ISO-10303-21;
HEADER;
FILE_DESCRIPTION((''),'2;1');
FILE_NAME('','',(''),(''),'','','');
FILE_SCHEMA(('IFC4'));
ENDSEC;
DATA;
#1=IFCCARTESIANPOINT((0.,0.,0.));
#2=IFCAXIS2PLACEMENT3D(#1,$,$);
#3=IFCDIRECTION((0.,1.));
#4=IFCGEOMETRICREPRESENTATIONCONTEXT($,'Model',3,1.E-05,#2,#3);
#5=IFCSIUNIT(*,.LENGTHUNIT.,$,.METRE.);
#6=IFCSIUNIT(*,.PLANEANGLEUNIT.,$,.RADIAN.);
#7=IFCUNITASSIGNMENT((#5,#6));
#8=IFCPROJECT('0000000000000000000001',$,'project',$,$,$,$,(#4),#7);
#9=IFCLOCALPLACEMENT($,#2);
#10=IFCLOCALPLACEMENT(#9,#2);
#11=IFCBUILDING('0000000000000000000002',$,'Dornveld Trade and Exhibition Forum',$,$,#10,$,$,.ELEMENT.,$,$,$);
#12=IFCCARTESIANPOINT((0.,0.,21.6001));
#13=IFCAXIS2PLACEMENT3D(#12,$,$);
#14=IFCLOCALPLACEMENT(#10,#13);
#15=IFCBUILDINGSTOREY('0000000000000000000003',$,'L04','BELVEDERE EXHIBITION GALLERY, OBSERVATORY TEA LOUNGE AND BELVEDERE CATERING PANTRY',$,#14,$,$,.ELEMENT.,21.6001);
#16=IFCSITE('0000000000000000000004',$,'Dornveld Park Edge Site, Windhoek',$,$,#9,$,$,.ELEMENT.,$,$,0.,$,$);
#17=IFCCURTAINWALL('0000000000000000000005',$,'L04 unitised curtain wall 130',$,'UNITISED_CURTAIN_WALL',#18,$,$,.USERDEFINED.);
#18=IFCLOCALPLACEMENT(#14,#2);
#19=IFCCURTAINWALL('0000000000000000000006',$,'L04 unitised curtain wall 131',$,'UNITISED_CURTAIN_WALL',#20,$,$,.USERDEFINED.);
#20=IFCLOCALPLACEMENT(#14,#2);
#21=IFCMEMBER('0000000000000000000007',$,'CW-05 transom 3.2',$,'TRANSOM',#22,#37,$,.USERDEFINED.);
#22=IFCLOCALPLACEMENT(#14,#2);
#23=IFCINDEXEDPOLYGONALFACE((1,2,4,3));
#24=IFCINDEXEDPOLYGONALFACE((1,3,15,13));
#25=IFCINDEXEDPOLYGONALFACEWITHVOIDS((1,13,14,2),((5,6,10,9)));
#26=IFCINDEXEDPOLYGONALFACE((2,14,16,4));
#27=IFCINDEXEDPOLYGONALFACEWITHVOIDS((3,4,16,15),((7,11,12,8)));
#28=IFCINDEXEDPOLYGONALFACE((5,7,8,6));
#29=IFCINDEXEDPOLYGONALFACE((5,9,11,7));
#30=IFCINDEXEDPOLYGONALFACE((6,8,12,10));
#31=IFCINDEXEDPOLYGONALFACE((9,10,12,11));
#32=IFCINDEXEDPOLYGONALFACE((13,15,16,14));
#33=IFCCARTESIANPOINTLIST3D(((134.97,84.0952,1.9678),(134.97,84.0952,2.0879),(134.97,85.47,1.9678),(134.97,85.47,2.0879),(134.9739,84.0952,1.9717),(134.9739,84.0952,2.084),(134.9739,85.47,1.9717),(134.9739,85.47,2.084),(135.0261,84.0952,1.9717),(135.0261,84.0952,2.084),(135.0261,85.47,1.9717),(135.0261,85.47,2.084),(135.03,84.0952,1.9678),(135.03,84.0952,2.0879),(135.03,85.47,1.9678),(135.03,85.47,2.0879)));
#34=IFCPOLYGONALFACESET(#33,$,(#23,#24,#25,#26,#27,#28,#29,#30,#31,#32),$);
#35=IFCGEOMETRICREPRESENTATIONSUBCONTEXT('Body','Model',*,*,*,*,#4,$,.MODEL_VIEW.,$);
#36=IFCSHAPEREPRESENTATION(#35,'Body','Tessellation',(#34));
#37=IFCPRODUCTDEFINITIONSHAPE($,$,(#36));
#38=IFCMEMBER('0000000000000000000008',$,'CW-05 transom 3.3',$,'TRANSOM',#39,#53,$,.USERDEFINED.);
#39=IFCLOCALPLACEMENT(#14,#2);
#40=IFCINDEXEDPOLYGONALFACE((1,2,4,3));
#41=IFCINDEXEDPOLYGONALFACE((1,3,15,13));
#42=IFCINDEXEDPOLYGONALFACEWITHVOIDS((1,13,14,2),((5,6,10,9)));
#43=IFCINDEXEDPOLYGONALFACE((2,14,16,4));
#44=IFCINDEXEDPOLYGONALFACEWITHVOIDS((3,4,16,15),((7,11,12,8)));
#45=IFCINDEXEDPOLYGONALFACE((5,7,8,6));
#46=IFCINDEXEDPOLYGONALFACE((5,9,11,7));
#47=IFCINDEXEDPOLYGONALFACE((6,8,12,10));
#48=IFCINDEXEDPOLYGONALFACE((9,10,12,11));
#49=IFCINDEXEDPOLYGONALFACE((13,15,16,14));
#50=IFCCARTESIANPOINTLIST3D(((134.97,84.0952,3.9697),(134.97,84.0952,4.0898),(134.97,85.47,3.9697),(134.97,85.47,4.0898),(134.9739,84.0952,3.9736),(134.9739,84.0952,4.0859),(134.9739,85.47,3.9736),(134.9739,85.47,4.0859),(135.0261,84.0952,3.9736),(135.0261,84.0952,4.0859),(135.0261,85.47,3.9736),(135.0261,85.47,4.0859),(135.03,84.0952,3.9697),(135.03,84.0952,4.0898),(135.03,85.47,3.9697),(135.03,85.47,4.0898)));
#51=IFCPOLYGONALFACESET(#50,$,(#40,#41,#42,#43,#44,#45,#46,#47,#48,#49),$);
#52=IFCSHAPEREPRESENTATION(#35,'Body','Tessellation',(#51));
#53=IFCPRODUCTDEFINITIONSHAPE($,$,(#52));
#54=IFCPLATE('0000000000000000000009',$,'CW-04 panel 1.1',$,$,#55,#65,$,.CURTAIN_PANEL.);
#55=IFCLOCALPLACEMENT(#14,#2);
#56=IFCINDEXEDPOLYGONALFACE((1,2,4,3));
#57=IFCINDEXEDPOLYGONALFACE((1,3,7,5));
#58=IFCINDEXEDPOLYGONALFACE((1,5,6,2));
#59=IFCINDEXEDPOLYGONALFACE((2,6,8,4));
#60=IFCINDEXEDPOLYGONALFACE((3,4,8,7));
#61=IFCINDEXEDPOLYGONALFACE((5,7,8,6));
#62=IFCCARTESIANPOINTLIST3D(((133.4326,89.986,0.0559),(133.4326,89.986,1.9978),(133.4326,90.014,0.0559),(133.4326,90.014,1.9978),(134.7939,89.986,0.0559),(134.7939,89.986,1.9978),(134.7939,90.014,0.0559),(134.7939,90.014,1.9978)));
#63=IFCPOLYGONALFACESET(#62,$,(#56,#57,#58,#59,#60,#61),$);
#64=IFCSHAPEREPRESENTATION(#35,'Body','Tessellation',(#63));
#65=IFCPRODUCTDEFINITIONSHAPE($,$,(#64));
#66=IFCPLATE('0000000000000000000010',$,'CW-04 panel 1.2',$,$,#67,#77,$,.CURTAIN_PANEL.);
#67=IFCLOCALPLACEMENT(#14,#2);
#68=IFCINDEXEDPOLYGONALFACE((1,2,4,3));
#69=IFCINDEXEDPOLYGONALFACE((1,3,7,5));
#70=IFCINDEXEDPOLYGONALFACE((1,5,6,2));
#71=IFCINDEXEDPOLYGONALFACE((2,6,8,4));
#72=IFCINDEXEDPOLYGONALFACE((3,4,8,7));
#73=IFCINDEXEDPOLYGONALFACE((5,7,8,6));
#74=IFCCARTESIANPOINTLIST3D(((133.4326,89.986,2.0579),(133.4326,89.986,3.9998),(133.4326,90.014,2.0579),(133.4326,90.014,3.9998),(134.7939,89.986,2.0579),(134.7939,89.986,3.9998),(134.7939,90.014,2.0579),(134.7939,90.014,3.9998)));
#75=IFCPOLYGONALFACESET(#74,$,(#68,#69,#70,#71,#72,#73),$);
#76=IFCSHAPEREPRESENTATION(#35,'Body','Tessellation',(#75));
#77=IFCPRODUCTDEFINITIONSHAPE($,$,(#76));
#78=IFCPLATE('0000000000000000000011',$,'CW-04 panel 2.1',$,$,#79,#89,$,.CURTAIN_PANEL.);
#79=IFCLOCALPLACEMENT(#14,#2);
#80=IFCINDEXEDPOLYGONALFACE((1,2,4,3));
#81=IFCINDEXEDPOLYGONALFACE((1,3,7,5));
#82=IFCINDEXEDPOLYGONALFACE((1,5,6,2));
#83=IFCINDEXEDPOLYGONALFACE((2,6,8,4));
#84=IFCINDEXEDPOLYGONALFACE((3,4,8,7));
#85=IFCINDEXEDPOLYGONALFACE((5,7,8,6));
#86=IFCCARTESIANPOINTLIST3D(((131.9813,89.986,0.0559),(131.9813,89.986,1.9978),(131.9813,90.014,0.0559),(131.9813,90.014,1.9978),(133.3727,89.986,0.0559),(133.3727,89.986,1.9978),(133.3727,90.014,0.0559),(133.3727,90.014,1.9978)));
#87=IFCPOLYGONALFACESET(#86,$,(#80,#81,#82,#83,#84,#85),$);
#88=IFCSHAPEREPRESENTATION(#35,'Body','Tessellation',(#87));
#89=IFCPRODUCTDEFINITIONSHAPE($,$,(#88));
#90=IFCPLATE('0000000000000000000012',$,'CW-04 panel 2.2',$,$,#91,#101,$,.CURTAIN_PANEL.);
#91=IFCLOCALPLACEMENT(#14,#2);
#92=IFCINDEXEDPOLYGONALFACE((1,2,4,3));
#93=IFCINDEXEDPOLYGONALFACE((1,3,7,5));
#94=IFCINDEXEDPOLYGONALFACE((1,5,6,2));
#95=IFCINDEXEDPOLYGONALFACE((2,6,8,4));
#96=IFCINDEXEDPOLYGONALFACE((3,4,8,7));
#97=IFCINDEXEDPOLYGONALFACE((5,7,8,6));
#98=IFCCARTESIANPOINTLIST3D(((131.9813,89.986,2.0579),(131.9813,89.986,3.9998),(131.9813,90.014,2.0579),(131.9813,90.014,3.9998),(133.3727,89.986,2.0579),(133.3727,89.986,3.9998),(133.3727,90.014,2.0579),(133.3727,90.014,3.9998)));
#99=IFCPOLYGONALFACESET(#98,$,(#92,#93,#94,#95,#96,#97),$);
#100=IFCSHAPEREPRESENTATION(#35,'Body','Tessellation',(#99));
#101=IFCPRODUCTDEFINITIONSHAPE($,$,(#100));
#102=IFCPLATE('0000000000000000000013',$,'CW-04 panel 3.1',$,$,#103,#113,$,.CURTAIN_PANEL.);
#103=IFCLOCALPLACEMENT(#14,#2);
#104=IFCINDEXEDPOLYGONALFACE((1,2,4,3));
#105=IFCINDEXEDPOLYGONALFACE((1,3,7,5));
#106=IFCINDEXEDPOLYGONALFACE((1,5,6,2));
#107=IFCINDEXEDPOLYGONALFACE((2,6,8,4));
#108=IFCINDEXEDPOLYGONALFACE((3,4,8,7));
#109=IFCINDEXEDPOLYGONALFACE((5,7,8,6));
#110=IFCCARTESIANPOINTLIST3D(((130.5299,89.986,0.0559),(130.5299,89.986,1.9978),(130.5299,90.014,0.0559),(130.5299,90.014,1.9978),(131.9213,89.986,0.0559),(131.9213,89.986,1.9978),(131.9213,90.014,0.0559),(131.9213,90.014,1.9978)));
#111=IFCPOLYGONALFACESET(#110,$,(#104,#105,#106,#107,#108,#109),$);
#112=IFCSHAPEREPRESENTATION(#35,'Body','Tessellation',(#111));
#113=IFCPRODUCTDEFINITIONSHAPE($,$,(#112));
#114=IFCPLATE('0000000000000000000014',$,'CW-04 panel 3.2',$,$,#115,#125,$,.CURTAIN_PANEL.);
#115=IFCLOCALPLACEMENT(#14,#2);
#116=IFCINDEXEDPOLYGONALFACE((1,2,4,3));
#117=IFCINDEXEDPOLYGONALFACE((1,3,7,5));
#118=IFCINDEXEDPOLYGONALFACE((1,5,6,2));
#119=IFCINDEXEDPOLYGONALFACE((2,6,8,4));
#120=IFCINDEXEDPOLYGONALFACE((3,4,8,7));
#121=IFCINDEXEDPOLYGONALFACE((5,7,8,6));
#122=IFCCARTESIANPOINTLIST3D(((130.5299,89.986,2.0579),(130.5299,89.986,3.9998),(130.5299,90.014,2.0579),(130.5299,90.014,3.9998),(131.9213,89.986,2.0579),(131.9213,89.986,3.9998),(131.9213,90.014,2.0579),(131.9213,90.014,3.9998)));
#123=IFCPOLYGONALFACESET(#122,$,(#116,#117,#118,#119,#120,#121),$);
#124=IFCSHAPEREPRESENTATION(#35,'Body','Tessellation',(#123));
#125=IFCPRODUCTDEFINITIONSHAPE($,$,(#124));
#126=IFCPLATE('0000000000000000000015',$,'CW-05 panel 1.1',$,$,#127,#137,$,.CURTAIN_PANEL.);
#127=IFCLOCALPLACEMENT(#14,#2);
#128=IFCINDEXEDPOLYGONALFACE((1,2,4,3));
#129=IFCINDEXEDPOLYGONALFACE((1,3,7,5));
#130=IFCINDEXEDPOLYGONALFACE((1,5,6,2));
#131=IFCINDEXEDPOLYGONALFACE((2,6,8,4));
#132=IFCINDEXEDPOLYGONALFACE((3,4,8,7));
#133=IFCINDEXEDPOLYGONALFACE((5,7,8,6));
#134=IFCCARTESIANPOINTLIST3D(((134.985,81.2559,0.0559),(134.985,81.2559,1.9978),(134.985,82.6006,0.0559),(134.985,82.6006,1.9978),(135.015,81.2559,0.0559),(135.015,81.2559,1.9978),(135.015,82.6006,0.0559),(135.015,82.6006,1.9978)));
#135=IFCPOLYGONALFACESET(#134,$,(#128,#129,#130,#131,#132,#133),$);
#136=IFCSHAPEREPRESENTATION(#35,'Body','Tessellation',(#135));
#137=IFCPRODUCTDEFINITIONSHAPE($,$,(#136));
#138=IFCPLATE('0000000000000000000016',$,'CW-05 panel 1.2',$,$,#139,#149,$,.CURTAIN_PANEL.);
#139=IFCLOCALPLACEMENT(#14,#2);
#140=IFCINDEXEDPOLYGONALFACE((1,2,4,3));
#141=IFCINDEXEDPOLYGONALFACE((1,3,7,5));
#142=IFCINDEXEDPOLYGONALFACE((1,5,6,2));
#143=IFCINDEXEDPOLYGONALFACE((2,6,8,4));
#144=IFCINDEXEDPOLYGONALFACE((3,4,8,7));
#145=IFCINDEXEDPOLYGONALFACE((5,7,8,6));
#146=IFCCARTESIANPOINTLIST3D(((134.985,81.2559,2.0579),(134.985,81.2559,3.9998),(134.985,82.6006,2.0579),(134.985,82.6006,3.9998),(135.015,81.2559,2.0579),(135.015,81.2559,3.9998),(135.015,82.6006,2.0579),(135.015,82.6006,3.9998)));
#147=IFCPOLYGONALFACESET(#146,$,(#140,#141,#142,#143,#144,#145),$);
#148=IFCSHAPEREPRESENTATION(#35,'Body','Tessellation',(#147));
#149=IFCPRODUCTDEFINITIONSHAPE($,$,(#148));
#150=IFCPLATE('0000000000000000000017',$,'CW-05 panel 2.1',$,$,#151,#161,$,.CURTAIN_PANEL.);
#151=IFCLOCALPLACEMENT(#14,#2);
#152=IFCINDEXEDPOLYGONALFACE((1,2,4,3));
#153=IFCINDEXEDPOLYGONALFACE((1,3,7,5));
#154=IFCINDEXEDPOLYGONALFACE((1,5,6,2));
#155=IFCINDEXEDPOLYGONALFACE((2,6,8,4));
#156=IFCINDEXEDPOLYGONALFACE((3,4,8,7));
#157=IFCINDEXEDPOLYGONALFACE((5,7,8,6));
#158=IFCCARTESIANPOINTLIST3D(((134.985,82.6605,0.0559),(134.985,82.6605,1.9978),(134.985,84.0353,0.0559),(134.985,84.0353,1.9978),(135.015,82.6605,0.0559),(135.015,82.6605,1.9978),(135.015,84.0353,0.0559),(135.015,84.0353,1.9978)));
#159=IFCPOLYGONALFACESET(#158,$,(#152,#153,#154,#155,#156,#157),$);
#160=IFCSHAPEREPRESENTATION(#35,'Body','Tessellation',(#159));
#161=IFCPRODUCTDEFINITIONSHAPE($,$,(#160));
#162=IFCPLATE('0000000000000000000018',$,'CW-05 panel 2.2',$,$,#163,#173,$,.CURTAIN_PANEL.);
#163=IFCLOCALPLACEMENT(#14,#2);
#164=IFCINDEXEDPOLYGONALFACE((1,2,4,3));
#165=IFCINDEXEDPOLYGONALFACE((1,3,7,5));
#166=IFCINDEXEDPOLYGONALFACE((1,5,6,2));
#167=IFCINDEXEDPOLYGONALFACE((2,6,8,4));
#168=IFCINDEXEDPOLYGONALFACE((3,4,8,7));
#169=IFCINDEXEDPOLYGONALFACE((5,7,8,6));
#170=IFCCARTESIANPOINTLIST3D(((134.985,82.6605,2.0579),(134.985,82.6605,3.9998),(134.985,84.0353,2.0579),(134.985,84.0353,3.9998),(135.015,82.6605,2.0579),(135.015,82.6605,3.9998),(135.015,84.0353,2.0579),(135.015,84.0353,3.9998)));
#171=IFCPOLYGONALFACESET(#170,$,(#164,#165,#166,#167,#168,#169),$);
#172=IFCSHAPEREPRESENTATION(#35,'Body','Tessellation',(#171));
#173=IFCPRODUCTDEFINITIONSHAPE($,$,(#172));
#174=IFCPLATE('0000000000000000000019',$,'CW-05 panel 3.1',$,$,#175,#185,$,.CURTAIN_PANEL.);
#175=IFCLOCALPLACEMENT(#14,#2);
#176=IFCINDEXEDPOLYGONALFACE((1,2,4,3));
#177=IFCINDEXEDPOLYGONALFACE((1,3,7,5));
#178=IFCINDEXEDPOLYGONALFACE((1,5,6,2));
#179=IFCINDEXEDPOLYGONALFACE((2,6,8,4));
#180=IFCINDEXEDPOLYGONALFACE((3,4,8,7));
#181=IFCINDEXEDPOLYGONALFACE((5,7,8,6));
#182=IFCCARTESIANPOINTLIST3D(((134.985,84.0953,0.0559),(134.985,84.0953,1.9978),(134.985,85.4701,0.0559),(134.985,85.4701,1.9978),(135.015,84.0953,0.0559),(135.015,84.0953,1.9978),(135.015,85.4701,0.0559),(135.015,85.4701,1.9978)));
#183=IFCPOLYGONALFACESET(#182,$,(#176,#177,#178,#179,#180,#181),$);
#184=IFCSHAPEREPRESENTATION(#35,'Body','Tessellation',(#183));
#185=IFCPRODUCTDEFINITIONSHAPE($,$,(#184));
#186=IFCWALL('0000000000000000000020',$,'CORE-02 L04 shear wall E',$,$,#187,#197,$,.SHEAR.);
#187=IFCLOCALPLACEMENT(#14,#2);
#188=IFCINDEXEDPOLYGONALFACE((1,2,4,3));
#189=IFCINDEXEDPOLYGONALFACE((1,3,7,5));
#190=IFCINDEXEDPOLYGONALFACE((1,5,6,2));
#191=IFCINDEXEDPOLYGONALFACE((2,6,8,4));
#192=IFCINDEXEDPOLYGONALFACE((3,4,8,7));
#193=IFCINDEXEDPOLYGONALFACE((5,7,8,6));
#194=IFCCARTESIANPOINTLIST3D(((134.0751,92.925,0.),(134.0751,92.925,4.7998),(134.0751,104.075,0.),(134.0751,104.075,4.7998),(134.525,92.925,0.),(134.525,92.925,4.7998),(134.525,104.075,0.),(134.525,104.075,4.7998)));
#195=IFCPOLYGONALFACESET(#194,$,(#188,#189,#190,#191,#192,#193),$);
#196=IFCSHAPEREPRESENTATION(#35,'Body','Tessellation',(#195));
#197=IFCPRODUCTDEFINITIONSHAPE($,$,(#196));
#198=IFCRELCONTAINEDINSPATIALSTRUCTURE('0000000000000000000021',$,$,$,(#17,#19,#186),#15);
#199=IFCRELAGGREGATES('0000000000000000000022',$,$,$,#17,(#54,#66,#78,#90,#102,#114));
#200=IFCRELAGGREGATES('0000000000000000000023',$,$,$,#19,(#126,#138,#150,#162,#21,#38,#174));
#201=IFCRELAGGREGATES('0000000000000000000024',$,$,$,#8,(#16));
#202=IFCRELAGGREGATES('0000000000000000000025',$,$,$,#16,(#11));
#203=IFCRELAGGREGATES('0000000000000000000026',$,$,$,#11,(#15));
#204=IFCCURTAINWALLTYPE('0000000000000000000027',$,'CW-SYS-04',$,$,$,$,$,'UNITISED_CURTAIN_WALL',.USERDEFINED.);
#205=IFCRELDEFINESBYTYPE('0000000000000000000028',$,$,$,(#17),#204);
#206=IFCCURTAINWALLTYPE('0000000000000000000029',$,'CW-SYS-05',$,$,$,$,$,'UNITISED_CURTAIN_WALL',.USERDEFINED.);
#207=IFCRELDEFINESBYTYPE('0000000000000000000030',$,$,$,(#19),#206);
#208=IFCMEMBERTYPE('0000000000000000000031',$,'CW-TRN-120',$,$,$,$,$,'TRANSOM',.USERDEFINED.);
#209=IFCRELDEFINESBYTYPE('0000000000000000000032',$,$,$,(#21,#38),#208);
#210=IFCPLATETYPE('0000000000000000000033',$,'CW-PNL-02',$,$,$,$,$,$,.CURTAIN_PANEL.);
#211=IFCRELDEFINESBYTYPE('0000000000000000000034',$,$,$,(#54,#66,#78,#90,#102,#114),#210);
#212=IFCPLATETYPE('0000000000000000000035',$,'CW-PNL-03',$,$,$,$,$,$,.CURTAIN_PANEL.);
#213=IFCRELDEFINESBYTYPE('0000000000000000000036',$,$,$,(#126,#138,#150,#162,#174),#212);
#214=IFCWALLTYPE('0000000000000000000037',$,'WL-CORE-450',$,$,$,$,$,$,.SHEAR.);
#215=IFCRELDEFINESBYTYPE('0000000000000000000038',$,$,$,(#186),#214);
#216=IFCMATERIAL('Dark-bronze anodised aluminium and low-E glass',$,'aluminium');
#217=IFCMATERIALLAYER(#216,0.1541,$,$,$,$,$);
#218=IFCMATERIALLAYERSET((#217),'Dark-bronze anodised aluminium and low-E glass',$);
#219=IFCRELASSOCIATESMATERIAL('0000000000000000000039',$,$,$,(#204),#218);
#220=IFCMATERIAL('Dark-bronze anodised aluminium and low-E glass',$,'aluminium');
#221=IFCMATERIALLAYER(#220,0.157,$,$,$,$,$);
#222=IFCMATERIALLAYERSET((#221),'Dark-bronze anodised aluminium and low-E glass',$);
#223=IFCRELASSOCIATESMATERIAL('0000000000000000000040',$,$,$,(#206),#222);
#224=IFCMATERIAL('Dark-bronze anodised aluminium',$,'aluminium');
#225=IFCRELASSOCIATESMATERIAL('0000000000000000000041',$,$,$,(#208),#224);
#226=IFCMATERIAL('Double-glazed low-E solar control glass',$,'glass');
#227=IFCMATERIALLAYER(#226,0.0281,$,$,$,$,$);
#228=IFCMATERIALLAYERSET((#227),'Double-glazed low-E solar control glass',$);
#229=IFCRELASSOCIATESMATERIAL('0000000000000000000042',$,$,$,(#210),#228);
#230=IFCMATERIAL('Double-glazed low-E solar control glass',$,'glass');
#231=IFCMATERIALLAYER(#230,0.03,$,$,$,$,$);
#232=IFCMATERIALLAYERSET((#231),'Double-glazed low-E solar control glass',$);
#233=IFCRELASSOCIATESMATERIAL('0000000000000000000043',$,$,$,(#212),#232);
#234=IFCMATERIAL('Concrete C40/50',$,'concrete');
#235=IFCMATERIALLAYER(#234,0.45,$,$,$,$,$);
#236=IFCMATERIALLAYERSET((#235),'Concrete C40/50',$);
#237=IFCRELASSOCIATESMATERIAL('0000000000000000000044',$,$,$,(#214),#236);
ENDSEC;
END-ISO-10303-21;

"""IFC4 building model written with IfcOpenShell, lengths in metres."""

from ifc_helpers import new_model, si_unit, direction, frame, frame_2d, origin, origin_2d, place, context, subcontext, project, spatial, rectangle, hollow_rectangle, extrude, material, layer, layer_set, material_profile, profile_set, type_object, element, aggregate, save


model = new_model("IFC4")

# Units and contexts
model_context = context("Model", 3, precision=1e-05, world=origin(), true_north=direction((0.0, 1.0)))
body_context = subcontext(model_context, "Body", "Model", "MODEL_VIEW")
ifc_project = project(units=[si_unit("LENGTHUNIT", "METRE"), si_unit("PLANEANGLEUNIT", "RADIAN")], contexts=[model_context])

# Site, building, storey
site_placement = place(None, origin())
site = spatial("IfcSite", under=ifc_project, at=site_placement, Name="Dornveld Park Edge Site, Windhoek", CompositionType="ELEMENT", RefElevation=0.0)
building_placement = place(site_placement, origin())
building = spatial("IfcBuilding", under=site, at=building_placement, Name="Dornveld Trade and Exhibition Forum", CompositionType="ELEMENT")
storey_placement = place(building_placement, frame((0.0, 0.0, 21.6001)))
storey = spatial("IfcBuildingStorey", under=building, at=storey_placement, Name="L04", Description="BELVEDERE EXHIBITION GALLERY, OBSERVATORY TEA LOUNGE AND BELVEDERE CATERING PANTRY", CompositionType="ELEMENT", Elevation=21.6001)

# Curtain walls
ifc_material_1 = material(Name="Dark-bronze anodised aluminium and low-E glass", Category="aluminium")
ifc_layer_1 = layer(ifc_material_1, 0.1541)
ifc_layer_set_1 = layer_set([ifc_layer_1], Name="Dark-bronze anodised aluminium and low-E glass")
curtain_wall_type_1 = type_object("IfcCurtainWallType", Name="CW-SYS-04", ElementType="UNITISED_CURTAIN_WALL", PredefinedType="USERDEFINED", material=ifc_layer_set_1)
curtain_wall_1_placement = place(storey_placement, origin())
curtain_wall_1 = element("IfcCurtainWall", 1, at=curtain_wall_1_placement, inside=storey, type_object=curtain_wall_type_1, Name="L04 unitised curtain wall 130", ObjectType="UNITISED_CURTAIN_WALL", PredefinedType="USERDEFINED")
ifc_material_2 = material(Name="Dark-bronze anodised aluminium and low-E glass", Category="aluminium")
ifc_layer_2 = layer(ifc_material_2, 0.157)
ifc_layer_set_2 = layer_set([ifc_layer_2], Name="Dark-bronze anodised aluminium and low-E glass")
curtain_wall_type_2 = type_object("IfcCurtainWallType", Name="CW-SYS-05", ElementType="UNITISED_CURTAIN_WALL", PredefinedType="USERDEFINED", material=ifc_layer_set_2)
curtain_wall_2_placement = place(storey_placement, origin())
curtain_wall_2 = element("IfcCurtainWall", 2, at=curtain_wall_2_placement, inside=storey, type_object=curtain_wall_type_2, Name="L04 unitised curtain wall 131", ObjectType="UNITISED_CURTAIN_WALL", PredefinedType="USERDEFINED")

# Members
ifc_material_3 = material(Name="Dark-bronze anodised aluminium", Category="aluminium")
ifc_material_profile_1 = material_profile(ifc_material_3, hollow_rectangle(XDim=0.0601, YDim=0.1201, WallThickness=0.0039, at=origin_2d()), Name="RHS 120x60x4")
ifc_profile_set_1 = profile_set([ifc_material_profile_1], Name="Dark-bronze anodised aluminium")
member_type_1 = type_object("IfcMemberType", Name="CW-TRN-120", ElementType="TRANSOM", PredefinedType="USERDEFINED", material=ifc_profile_set_1)
member_1_placement = place(storey_placement, frame((135.0, 84.0952, 2.0278), z_axis=(0.0, 1.0, 0.0), x_axis=(-1.0, 0.0, 0.0)))
member_1 = element("IfcMember", 3, at=member_1_placement, type_object=member_type_1, Name="CW-05 transom 3.2", ObjectType="TRANSOM", PredefinedType="USERDEFINED", context=body_context, shape_type="SweptSolid", body=[
    extrude(hollow_rectangle(XDim=0.0601, YDim=0.1201, WallThickness=0.0039, at=origin_2d()), origin(), (0.0, 0.0, 1.0), 1.3748),
])
member_2_placement = place(storey_placement, frame((135.0, 84.0952, 4.0298), z_axis=(0.0, 1.0, 0.0), x_axis=(-1.0, 0.0, 0.0)))
member_2 = element("IfcMember", 4, at=member_2_placement, type_object=member_type_1, Name="CW-05 transom 3.3", ObjectType="TRANSOM", PredefinedType="USERDEFINED", context=body_context, shape_type="SweptSolid", body=[
    extrude(hollow_rectangle(XDim=0.0601, YDim=0.1201, WallThickness=0.0039, at=origin_2d()), origin(), (0.0, 0.0, 1.0), 1.3748),
])

# Plates
ifc_material_4 = material(Name="Double-glazed low-E solar control glass", Category="glass")
ifc_layer_3 = layer(ifc_material_4, 0.0281)
ifc_layer_set_3 = layer_set([ifc_layer_3], Name="Double-glazed low-E solar control glass")
plate_type_1 = type_object("IfcPlateType", Name="CW-PNL-02", PredefinedType="CURTAIN_PANEL", material=ifc_layer_set_3)
plate_1_placement = place(storey_placement, frame((134.1133, 90.0, 0.0559), z_axis=(0.0, 0.0, 1.0), x_axis=(-1.0, 0.0, 0.0)))
plate_1 = element("IfcPlate", 5, at=plate_1_placement, type_object=plate_type_1, Name="CW-04 panel 1.1", PredefinedType="CURTAIN_PANEL", context=body_context, shape_type="SweptSolid", body=[
    extrude(rectangle(XDim=1.3613, YDim=0.0281, at=origin_2d()), origin(), (0.0, 0.0, 1.0), 1.9419),
])
plate_2_placement = place(storey_placement, frame((134.1133, 90.0, 2.0579), z_axis=(0.0, 0.0, 1.0), x_axis=(-1.0, 0.0, 0.0)))
plate_2 = element("IfcPlate", 6, at=plate_2_placement, type_object=plate_type_1, Name="CW-04 panel 1.2", PredefinedType="CURTAIN_PANEL", context=body_context, shape_type="SweptSolid", body=[
    extrude(rectangle(XDim=1.3613, YDim=0.0281, at=origin_2d()), origin(), (0.0, 0.0, 1.0), 1.9419),
])
plate_3_placement = place(storey_placement, frame((132.677, 90.0, 0.0559), z_axis=(0.0, 0.0, 1.0), x_axis=(-1.0, 0.0, 0.0)))
plate_3 = element("IfcPlate", 7, at=plate_3_placement, type_object=plate_type_1, Name="CW-04 panel 2.1", PredefinedType="CURTAIN_PANEL", context=body_context, shape_type="SweptSolid", body=[
    extrude(rectangle(XDim=1.3914, YDim=0.0281, at=origin_2d()), origin(), (0.0, 0.0, 1.0), 1.9419),
])
plate_4_placement = place(storey_placement, frame((132.677, 90.0, 2.0579), z_axis=(0.0, 0.0, 1.0), x_axis=(-1.0, 0.0, 0.0)))
plate_4 = element("IfcPlate", 8, at=plate_4_placement, type_object=plate_type_1, Name="CW-04 panel 2.2", PredefinedType="CURTAIN_PANEL", context=body_context, shape_type="SweptSolid", body=[
    extrude(rectangle(XDim=1.3914, YDim=0.0281, at=origin_2d()), origin(), (0.0, 0.0, 1.0), 1.9419),
])
plate_5_placement = place(storey_placement, frame((131.2256, 90.0, 0.0559), z_axis=(0.0, 0.0, 1.0), x_axis=(-1.0, 0.0, 0.0)))
plate_5 = element("IfcPlate", 9, at=plate_5_placement, type_object=plate_type_1, Name="CW-04 panel 3.1", PredefinedType="CURTAIN_PANEL", context=body_context, shape_type="SweptSolid", body=[
    extrude(rectangle(XDim=1.3914, YDim=0.0281, at=origin_2d()), origin(), (0.0, 0.0, 1.0), 1.9419),
])
plate_6_placement = place(storey_placement, frame((131.2256, 90.0, 2.0579), z_axis=(0.0, 0.0, 1.0), x_axis=(-1.0, 0.0, 0.0)))
plate_6 = element("IfcPlate", 10, at=plate_6_placement, type_object=plate_type_1, Name="CW-04 panel 3.2", PredefinedType="CURTAIN_PANEL", context=body_context, shape_type="SweptSolid", body=[
    extrude(rectangle(XDim=1.3914, YDim=0.0281, at=origin_2d()), origin(), (0.0, 0.0, 1.0), 1.9419),
])
aggregate(curtain_wall_1, [plate_1, plate_2, plate_3, plate_4, plate_5, plate_6])
ifc_material_5 = material(Name="Double-glazed low-E solar control glass", Category="glass")
ifc_layer_4 = layer(ifc_material_5, 0.03)
ifc_layer_set_4 = layer_set([ifc_layer_4], Name="Double-glazed low-E solar control glass")
plate_type_2 = type_object("IfcPlateType", Name="CW-PNL-03", PredefinedType="CURTAIN_PANEL", material=ifc_layer_set_4)
plate_7_placement = place(storey_placement, frame((135.0, 81.9282, 0.0559), z_axis=(0.0, 0.0, 1.0), x_axis=(0.0, 1.0, 0.0)))
plate_7 = element("IfcPlate", 11, at=plate_7_placement, type_object=plate_type_2, Name="CW-05 panel 1.1", PredefinedType="CURTAIN_PANEL", context=body_context, shape_type="SweptSolid", body=[
    extrude(rectangle(XDim=1.3447, YDim=0.03, at=origin_2d()), origin(), (0.0, 0.0, 1.0), 1.9419),
])
plate_8_placement = place(storey_placement, frame((135.0, 81.9282, 2.0579), z_axis=(0.0, 0.0, 1.0), x_axis=(0.0, 1.0, 0.0)))
plate_8 = element("IfcPlate", 12, at=plate_8_placement, type_object=plate_type_2, Name="CW-05 panel 1.2", PredefinedType="CURTAIN_PANEL", context=body_context, shape_type="SweptSolid", body=[
    extrude(rectangle(XDim=1.3447, YDim=0.03, at=origin_2d()), origin(), (0.0, 0.0, 1.0), 1.9419),
])
plate_9_placement = place(storey_placement, frame((135.0, 83.3479, 0.0559), z_axis=(0.0, 0.0, 1.0), x_axis=(0.0, 1.0, 0.0)))
plate_9 = element("IfcPlate", 13, at=plate_9_placement, type_object=plate_type_2, Name="CW-05 panel 2.1", PredefinedType="CURTAIN_PANEL", context=body_context, shape_type="SweptSolid", body=[
    extrude(rectangle(XDim=1.3748, YDim=0.03, at=origin_2d()), origin(), (0.0, 0.0, 1.0), 1.9419),
])
plate_10_placement = place(storey_placement, frame((135.0, 83.3479, 2.0579), z_axis=(0.0, 0.0, 1.0), x_axis=(0.0, 1.0, 0.0)))
plate_10 = element("IfcPlate", 14, at=plate_10_placement, type_object=plate_type_2, Name="CW-05 panel 2.2", PredefinedType="CURTAIN_PANEL", context=body_context, shape_type="SweptSolid", body=[
    extrude(rectangle(XDim=1.3748, YDim=0.03, at=origin_2d()), origin(), (0.0, 0.0, 1.0), 1.9419),
])
plate_11_placement = place(storey_placement, frame((135.0, 84.7827, 0.0559), z_axis=(0.0, 0.0, 1.0), x_axis=(0.0, 1.0, 0.0)))
plate_11 = element("IfcPlate", 15, at=plate_11_placement, type_object=plate_type_2, Name="CW-05 panel 3.1", PredefinedType="CURTAIN_PANEL", context=body_context, shape_type="SweptSolid", body=[
    extrude(rectangle(XDim=1.3748, YDim=0.03, at=origin_2d()), origin(), (0.0, 0.0, 1.0), 1.9419),
])
aggregate(curtain_wall_2, [plate_7, plate_8, plate_9, plate_10, member_1, member_2, plate_11])

# Wall
ifc_material_6 = material(Name="Concrete C40/50", Category="concrete")
ifc_layer_5 = layer(ifc_material_6, 0.45)
ifc_layer_set_5 = layer_set([ifc_layer_5], Name="Concrete C40/50")
wall_type_1 = type_object("IfcWallType", Name="WL-CORE-450", PredefinedType="SHEAR", material=ifc_layer_set_5)
wall_1_placement = place(storey_placement, frame((134.3, 92.925, 0.0), z_axis=(0.0, 0.0, 1.0), x_axis=(0.0, 1.0, 0.0)))
element("IfcWall", 16, at=wall_1_placement, inside=storey, type_object=wall_type_1, Name="CORE-02 L04 shear wall E", PredefinedType="SHEAR", context=body_context, shape_type="SweptSolid", body=[
    extrude(rectangle(XDim=11.1499, YDim=0.45, at=frame_2d((5.575, 0.0))), origin(), (0.0, 0.0, 1.0), 4.7998),
])

save(model, "model.ifc")
